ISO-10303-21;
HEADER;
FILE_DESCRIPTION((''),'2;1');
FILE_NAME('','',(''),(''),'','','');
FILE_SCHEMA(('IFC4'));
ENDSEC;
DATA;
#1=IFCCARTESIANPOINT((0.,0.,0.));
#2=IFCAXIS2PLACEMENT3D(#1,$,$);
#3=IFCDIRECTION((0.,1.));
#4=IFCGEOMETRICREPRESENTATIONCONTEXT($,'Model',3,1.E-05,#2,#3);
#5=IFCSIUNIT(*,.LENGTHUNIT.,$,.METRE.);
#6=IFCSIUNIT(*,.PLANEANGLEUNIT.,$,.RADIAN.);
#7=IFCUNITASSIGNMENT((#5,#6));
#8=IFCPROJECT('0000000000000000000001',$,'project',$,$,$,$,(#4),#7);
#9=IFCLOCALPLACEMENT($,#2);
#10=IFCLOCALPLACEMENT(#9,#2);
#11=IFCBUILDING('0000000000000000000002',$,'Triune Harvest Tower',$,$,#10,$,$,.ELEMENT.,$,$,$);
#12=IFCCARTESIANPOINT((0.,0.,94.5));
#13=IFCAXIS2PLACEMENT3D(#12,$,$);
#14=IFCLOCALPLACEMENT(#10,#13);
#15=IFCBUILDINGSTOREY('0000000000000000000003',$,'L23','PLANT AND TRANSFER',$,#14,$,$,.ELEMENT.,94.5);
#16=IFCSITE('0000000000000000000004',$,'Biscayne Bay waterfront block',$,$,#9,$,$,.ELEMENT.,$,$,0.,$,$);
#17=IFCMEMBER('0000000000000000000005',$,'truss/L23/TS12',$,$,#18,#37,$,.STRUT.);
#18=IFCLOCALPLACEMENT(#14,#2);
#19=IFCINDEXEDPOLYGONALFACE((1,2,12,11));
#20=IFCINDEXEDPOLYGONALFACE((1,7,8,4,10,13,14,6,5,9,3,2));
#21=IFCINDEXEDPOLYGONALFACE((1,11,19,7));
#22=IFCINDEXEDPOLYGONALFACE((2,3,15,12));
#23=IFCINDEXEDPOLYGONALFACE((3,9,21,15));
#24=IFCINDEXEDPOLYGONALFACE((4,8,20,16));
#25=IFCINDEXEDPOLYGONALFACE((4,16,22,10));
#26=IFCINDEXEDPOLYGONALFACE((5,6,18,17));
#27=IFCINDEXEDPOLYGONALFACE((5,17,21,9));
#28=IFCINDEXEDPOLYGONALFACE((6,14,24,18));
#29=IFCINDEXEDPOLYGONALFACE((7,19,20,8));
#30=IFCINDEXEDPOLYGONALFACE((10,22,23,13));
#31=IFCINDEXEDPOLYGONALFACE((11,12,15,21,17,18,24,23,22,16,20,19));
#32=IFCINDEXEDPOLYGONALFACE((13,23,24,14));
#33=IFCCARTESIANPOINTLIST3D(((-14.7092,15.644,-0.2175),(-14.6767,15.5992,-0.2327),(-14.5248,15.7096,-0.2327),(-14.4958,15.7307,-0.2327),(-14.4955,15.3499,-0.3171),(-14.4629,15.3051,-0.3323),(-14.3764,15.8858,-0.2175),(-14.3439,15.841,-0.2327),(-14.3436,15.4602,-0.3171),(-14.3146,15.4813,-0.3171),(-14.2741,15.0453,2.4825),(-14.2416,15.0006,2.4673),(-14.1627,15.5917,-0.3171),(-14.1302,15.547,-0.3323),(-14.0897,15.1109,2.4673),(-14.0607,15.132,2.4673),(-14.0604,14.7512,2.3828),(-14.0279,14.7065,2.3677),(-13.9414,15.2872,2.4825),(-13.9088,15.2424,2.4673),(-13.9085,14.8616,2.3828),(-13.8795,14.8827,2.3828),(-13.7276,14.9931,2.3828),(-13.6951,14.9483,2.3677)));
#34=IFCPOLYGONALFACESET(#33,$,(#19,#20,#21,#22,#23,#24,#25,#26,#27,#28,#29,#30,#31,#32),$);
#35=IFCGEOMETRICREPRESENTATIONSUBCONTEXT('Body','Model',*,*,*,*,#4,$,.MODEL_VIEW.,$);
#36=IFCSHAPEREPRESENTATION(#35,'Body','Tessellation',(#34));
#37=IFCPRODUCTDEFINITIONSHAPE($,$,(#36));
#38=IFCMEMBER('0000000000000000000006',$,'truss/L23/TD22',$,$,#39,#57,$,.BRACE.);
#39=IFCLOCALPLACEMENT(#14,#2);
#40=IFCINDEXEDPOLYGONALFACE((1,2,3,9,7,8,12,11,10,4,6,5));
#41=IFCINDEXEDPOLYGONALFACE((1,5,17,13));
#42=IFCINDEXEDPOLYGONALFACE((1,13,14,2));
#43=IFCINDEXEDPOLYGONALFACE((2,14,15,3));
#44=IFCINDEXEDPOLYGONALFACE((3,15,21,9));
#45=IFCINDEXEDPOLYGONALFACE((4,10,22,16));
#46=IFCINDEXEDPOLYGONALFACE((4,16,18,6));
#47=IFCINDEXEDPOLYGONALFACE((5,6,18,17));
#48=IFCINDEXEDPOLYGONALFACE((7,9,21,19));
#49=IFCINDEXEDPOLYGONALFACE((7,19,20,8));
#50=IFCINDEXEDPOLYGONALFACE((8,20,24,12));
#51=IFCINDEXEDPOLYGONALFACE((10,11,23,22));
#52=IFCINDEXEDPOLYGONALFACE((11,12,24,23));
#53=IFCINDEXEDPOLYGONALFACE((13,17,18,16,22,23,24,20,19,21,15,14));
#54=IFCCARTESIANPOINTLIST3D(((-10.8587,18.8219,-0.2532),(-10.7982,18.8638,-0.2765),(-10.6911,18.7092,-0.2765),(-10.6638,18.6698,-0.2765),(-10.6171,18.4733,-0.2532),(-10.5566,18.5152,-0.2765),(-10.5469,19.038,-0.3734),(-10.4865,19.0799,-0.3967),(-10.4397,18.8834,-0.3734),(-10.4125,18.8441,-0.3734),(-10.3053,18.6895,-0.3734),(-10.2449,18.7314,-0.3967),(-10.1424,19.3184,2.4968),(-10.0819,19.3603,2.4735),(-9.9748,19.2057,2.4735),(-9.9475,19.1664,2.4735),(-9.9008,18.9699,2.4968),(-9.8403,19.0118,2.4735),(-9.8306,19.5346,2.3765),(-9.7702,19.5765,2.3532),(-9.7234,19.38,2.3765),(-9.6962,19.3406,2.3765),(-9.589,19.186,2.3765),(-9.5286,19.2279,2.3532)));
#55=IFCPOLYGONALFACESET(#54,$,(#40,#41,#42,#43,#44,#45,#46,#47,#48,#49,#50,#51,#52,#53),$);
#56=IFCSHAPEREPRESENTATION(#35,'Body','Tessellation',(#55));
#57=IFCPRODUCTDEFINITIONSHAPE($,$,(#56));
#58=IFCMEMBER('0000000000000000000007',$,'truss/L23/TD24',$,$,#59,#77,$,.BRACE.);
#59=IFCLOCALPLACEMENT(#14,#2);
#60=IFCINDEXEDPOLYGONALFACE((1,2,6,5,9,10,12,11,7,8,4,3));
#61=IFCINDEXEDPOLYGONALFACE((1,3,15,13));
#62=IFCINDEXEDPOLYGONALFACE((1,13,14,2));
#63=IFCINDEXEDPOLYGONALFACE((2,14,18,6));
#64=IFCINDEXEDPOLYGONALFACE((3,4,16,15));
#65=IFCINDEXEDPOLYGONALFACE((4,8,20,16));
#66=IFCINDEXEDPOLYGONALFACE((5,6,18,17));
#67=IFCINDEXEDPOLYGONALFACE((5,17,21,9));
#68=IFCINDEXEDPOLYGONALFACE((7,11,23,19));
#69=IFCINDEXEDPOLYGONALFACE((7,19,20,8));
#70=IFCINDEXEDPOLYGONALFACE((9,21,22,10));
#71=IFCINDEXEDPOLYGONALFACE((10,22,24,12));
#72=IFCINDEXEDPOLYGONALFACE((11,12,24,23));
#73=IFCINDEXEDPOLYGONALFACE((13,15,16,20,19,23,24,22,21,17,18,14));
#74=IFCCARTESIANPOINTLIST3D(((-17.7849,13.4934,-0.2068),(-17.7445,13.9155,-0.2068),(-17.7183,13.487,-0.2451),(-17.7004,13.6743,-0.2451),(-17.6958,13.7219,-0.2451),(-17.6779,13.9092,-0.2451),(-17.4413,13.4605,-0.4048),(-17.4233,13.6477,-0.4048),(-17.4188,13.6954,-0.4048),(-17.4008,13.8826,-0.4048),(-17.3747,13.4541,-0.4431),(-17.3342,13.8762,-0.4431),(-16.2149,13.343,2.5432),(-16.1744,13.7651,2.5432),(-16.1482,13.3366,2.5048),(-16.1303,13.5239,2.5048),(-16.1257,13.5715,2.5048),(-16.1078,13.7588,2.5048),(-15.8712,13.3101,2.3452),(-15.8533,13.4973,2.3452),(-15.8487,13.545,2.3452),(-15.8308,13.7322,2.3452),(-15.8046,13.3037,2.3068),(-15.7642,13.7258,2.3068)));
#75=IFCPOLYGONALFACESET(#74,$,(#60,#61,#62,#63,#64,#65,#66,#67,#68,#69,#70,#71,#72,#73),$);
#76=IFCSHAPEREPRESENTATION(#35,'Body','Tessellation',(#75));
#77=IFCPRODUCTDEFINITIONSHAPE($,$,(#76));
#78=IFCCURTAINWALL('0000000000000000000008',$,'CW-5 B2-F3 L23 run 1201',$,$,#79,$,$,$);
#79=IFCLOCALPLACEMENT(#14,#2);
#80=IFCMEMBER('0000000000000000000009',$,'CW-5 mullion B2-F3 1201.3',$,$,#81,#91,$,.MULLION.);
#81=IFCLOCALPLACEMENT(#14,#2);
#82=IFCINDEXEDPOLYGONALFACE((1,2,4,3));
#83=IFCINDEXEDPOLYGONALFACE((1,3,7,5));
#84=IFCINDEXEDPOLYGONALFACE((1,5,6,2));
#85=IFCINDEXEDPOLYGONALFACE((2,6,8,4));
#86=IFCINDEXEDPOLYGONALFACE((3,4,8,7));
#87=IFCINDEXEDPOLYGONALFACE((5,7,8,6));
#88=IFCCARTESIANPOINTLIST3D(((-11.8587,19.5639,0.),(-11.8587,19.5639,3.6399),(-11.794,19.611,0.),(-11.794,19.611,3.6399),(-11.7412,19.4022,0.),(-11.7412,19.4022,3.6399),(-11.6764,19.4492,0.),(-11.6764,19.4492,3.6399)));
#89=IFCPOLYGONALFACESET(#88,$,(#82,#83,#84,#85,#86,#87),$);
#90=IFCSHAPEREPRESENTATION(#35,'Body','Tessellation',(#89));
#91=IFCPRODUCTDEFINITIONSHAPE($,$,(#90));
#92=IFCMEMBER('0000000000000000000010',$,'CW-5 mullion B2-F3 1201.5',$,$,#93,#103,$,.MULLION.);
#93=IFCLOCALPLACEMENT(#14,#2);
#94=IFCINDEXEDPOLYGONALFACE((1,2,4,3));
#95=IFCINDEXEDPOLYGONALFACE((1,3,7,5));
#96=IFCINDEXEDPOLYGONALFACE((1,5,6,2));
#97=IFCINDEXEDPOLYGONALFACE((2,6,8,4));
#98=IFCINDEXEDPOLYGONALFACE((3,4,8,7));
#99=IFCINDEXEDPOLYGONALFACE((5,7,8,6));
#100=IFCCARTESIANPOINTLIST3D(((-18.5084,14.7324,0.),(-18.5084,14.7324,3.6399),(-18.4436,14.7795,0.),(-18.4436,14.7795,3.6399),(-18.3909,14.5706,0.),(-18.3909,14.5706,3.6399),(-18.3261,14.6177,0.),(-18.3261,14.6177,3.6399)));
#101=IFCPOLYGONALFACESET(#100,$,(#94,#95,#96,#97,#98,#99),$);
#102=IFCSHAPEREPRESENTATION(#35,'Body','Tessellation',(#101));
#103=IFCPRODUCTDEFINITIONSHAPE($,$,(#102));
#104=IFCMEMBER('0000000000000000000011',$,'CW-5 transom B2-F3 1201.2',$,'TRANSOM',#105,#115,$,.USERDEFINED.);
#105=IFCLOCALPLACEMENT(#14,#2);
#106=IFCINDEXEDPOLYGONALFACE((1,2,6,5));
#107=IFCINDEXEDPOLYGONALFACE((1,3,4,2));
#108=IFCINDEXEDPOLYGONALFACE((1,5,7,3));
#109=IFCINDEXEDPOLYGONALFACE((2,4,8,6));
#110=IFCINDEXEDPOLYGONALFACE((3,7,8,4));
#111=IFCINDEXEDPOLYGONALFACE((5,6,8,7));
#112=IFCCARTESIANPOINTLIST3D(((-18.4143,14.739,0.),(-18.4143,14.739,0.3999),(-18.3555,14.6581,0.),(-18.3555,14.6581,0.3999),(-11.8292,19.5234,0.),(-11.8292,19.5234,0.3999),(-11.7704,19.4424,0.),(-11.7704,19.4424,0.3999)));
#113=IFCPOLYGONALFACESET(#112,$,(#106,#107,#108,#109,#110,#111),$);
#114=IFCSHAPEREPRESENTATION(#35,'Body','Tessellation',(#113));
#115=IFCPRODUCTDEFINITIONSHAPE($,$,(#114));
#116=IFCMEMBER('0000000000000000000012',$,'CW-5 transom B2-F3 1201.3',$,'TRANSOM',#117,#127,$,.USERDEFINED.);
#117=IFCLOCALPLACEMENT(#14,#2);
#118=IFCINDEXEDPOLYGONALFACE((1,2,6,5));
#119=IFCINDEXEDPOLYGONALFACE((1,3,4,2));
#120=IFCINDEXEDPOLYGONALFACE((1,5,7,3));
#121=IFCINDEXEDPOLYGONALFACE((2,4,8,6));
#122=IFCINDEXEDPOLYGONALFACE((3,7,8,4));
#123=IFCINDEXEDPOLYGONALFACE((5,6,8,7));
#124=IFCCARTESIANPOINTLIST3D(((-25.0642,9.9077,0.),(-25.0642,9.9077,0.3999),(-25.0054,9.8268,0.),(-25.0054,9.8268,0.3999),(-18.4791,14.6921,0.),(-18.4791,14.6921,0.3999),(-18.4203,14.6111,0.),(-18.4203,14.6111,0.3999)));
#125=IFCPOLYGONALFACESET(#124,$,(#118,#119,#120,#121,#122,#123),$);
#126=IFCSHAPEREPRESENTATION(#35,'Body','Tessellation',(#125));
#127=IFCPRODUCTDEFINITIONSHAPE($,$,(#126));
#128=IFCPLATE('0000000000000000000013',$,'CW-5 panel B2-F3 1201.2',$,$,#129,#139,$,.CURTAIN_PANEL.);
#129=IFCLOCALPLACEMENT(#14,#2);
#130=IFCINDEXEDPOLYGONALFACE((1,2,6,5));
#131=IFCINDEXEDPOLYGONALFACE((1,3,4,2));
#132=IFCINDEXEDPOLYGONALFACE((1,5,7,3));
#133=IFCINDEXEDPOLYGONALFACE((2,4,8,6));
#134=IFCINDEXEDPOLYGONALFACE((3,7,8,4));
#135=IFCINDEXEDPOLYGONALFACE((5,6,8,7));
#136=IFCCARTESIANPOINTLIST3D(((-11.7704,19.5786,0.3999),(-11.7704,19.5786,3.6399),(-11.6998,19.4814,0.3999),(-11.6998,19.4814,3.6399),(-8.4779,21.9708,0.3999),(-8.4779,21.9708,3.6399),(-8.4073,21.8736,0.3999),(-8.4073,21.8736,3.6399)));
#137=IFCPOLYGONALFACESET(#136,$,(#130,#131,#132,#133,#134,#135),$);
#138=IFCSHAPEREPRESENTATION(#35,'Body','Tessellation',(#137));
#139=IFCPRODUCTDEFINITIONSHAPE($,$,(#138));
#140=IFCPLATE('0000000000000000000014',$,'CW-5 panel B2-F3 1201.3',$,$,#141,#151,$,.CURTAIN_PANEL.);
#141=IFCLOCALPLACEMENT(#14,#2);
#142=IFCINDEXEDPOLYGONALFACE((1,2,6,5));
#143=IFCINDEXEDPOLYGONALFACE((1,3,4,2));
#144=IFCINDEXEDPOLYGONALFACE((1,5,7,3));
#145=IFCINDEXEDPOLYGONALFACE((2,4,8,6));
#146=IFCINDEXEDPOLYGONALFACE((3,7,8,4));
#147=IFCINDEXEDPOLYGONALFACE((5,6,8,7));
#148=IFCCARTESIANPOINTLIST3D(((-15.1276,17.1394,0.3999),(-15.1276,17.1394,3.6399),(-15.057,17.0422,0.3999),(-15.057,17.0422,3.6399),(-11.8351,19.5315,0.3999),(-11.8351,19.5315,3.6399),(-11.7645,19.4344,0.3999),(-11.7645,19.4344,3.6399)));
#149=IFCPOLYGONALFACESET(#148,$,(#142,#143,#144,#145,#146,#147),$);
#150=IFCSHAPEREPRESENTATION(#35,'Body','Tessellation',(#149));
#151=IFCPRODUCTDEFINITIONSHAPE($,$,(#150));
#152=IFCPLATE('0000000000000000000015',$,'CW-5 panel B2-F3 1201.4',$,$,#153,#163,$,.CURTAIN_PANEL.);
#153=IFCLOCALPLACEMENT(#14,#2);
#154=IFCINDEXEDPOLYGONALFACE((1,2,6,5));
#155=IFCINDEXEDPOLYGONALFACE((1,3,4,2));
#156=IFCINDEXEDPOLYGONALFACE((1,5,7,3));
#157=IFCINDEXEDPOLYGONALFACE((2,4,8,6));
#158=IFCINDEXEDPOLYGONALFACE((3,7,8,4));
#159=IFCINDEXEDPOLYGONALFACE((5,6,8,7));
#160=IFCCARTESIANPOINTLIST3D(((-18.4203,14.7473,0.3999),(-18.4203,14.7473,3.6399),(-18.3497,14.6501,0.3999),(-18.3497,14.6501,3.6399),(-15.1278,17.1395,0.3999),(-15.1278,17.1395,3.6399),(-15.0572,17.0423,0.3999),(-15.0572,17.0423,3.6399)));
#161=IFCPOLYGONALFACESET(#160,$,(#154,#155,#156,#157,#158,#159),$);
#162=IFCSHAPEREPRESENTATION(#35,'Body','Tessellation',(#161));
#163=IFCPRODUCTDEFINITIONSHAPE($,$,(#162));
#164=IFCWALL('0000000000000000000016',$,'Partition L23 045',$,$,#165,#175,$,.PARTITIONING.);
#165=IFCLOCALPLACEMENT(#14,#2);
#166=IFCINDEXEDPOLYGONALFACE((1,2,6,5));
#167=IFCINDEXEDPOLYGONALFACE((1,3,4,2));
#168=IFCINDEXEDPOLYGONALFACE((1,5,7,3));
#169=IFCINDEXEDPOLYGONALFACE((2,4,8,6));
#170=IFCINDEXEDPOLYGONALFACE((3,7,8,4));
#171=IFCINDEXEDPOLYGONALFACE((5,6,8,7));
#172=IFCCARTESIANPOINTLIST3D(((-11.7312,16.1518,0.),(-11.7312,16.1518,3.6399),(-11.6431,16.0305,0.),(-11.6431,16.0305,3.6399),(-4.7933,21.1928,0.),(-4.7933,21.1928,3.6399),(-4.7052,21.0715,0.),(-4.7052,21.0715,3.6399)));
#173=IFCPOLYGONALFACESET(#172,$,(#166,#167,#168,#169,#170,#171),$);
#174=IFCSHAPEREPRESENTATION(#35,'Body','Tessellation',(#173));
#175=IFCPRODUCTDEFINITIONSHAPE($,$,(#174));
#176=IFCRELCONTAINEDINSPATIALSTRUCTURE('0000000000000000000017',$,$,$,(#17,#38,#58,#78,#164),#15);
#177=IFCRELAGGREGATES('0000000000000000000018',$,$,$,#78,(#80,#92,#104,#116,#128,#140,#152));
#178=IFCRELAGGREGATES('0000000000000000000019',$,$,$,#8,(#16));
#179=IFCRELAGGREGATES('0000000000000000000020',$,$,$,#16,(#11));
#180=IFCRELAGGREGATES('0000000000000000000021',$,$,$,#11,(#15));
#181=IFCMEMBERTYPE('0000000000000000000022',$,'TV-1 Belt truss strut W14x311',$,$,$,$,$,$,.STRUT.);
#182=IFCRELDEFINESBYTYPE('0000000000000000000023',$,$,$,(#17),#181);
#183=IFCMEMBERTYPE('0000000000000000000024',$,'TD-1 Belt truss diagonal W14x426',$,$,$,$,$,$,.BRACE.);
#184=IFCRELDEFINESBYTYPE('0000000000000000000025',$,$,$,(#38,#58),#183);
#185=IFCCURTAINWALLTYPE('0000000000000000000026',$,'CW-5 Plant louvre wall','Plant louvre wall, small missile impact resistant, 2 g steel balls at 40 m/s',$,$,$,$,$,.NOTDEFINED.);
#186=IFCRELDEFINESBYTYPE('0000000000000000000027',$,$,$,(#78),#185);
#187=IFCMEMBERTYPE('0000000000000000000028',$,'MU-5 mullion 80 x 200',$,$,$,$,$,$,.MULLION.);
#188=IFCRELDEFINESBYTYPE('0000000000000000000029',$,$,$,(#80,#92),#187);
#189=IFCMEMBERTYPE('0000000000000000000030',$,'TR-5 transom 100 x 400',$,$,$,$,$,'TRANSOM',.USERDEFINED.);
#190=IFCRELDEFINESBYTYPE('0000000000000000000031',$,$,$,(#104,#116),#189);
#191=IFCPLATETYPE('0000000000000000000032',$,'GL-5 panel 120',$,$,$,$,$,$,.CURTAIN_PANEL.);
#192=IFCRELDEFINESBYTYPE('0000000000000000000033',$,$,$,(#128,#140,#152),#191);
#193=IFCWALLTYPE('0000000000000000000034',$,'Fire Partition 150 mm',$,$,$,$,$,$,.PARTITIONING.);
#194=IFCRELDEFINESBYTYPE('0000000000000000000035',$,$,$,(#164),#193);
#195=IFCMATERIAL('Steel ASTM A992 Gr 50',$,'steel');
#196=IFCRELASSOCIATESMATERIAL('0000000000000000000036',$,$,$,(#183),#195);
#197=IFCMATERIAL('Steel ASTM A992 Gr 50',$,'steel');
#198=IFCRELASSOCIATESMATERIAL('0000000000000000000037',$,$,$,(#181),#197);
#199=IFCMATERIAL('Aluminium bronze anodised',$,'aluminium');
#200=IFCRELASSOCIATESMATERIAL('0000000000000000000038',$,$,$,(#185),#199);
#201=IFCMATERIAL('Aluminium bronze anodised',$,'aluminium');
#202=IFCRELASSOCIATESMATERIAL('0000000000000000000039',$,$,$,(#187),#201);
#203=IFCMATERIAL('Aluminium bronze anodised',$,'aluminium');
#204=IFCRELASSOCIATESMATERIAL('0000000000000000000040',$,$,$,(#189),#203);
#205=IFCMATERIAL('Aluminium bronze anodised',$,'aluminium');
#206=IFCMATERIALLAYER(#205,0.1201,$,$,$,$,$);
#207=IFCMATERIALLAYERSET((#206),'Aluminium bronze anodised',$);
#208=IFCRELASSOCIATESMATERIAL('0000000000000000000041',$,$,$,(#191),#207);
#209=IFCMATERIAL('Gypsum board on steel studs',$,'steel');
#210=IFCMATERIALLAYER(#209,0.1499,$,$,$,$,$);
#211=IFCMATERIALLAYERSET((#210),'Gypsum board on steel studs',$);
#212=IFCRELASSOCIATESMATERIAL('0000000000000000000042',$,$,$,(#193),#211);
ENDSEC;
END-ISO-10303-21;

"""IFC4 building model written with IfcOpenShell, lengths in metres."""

from ifc_helpers import new_model, si_unit, direction, frame, frame_2d, origin, origin_2d, place, context, subcontext, project, spatial, rectangle, i_section, extrude, source, transform, mapped, material, layer, layer_set, material_profile, profile_set, type_object, element, aggregate, save


model = new_model("IFC4")

# Units and contexts
model_context = context("Model", 3, precision=1e-05, world=origin(), true_north=direction((0.0, 1.0)))
body_context = subcontext(model_context, "Body", "Model", "MODEL_VIEW")
ifc_project = project(units=[si_unit("LENGTHUNIT", "METRE"), si_unit("PLANEANGLEUNIT", "RADIAN")], contexts=[model_context])

# Site, building, storey
site_placement = place(None, origin())
site = spatial("IfcSite", under=ifc_project, at=site_placement, Name="Biscayne Bay waterfront block", CompositionType="ELEMENT", RefElevation=0.0)
building_placement = place(site_placement, origin())
building = spatial("IfcBuilding", under=site, at=building_placement, Name="Triune Harvest Tower", CompositionType="ELEMENT")
storey_placement = place(building_placement, frame((0.0, 0.0, 94.5)))
storey = spatial("IfcBuildingStorey", under=building, at=storey_placement, Name="L23", Description="PLANT AND TRANSFER", CompositionType="ELEMENT", Elevation=94.5)

# Shared definitions
ifc_material_1 = material(Name="Steel ASTM A992 Gr 50", Category="steel")
ifc_material_profile_1 = material_profile(ifc_material_1, i_section(OverallWidth=0.4241, OverallDepth=0.4751, WebThickness=0.0479, FlangeThickness=0.0771, at=origin_2d()), Name="W14x426")
ifc_profile_set_1 = profile_set([ifc_material_profile_1], Name="Steel ASTM A992 Gr 50")
member_type_1 = type_object("IfcMemberType", Name="TD-1 Belt truss diagonal W14x426", PredefinedType="BRACE", material=ifc_profile_set_1)

# Members
ifc_material_2 = material(Name="Steel ASTM A992 Gr 50", Category="steel")
ifc_material_profile_2 = material_profile(ifc_material_2, i_section(OverallWidth=0.4114, OverallDepth=0.4343, WebThickness=0.0359, FlangeThickness=0.0574, at=origin_2d()), Name="W14x311")
ifc_profile_set_2 = profile_set([ifc_material_profile_2], Name="Steel ASTM A992 Gr 50")
member_type_2 = type_object("IfcMemberType", Name="TV-1 Belt truss strut W14x311", PredefinedType="STRUT", material=ifc_profile_set_2)
shared_shape_1 = source(origin(), body_context, "Body", "SweptSolid", [
    extrude(i_section(OverallWidth=0.4114, OverallDepth=0.4343, WebThickness=0.0359, FlangeThickness=0.0574, at=origin_2d()), origin(), (0.0, 0.0, 1.0), 2.7996),
])
member_1_placement = place(storey_placement, frame((-14.4197, 15.5955, -0.2749), z_axis=(0.155404, -0.213833, 0.96443), x_axis=(0.808936, 0.587897, 0.0)))
element("IfcMember", 1, at=member_1_placement, inside=storey, type_object=member_type_2, Name="truss/L23/TS12", PredefinedType="STRUT", context=body_context, shape_type="MappedRepresentation", body=[
    mapped(shared_shape_1, transform((0.0, 0.0, 0.0), scale=1.0)),
])
shared_shape_2 = source(origin(), body_context, "Body", "SweptSolid", [
    extrude(i_section(OverallWidth=0.4241, OverallDepth=0.4751, WebThickness=0.0479, FlangeThickness=0.0771, at=origin_2d()), origin(), (0.0, 0.0, 1.0), 2.8848),
])
member_2_placement = place(storey_placement, frame((-10.5518, 18.7766, -0.325), z_axis=(0.248303, 0.172136, 0.953265), x_axis=(-0.569734, 0.821829, 0.0)))
element("IfcMember", 2, at=member_2_placement, inside=storey, type_object=member_type_1, Name="truss/L23/TD22", PredefinedType="BRACE", context=body_context, shape_type="MappedRepresentation", body=[
    mapped(shared_shape_2, transform((0.0, 0.0, 0.0), scale=1.0)),
])
shared_shape_3 = source(origin(), body_context, "Body", "SweptSolid", [
    extrude(i_section(OverallWidth=0.4241, OverallDepth=0.4751, WebThickness=0.0479, FlangeThickness=0.0771, at=origin_2d()), origin(), (0.0, 0.0, 1.0), 3.1702),
])
member_3_placement = place(storey_placement, frame((-17.5596, 13.6848, -0.325), z_axis=(0.495257, -0.047439, 0.86745), x_axis=(0.09535, 0.995444, 0.0)))
element("IfcMember", 3, at=member_3_placement, inside=storey, type_object=member_type_1, Name="truss/L23/TD24", PredefinedType="BRACE", context=body_context, shape_type="MappedRepresentation", body=[
    mapped(shared_shape_3, transform((0.0, 0.0, 0.0), scale=1.0)),
])

# Curtain wall, members, plates
ifc_material_3 = material(Name="Aluminium bronze anodised", Category="aluminium")
curtain_wall_type = type_object("IfcCurtainWallType", Name="CW-5 Plant louvre wall", Description="Plant louvre wall, small missile impact resistant, 2 g steel balls at 40 m/s", PredefinedType="NOTDEFINED", material=ifc_material_3)
curtain_wall_placement = place(storey_placement, origin())
curtain_wall = element("IfcCurtainWall", 4, at=curtain_wall_placement, inside=storey, type_object=curtain_wall_type, Name="CW-5 B2-F3 L23 run 1201")
ifc_material_4 = material(Name="Aluminium bronze anodised", Category="aluminium")
ifc_material_profile_3 = material_profile(ifc_material_4, rectangle(XDim=0.2, YDim=0.0801, at=origin_2d()), Name="MU-5 mullion 80 x 200")
ifc_profile_set_3 = profile_set([ifc_material_profile_3], Name="Aluminium bronze anodised")
member_type_3 = type_object("IfcMemberType", Name="MU-5 mullion 80 x 200", PredefinedType="MULLION", material=ifc_profile_set_3)
shared_shape_4 = source(origin(), body_context, "Body", "SweptSolid", [
    extrude(rectangle(XDim=0.2, YDim=0.0801, at=origin_2d()), origin(), (0.0, 0.0, 1.0), 3.6399),
])
member_4_placement = place(storey_placement, frame((-11.7676, 19.5066, 0.0), z_axis=(0.0, 0.0, 1.0), x_axis=(0.587786, -0.809016, 0.0)))
member_4 = element("IfcMember", 5, at=member_4_placement, type_object=member_type_3, Name="CW-5 mullion B2-F3 1201.3", PredefinedType="MULLION", context=body_context, shape_type="MappedRepresentation", body=[
    mapped(shared_shape_4, transform((0.0, 0.0, 0.0), scale=1.0)),
])
member_5_placement = place(storey_placement, frame((-18.4172, 14.675, 0.0), z_axis=(0.0, 0.0, 1.0), x_axis=(0.587786, -0.809016, 0.0)))
member_5 = element("IfcMember", 6, at=member_5_placement, type_object=member_type_3, Name="CW-5 mullion B2-F3 1201.5", PredefinedType="MULLION", context=body_context, shape_type="MappedRepresentation", body=[
    mapped(shared_shape_4, transform((0.0, 0.0, 0.0), scale=1.0)),
])
ifc_material_5 = material(Name="Aluminium bronze anodised", Category="aluminium")
ifc_material_profile_4 = material_profile(ifc_material_5, rectangle(XDim=0.1001, YDim=0.3999, at=origin_2d()), Name="TR-5 transom 100 x 400")
ifc_profile_set_4 = profile_set([ifc_material_profile_4], Name="Aluminium bronze anodised")
member_type_4 = type_object("IfcMemberType", Name="TR-5 transom 100 x 400", ElementType="TRANSOM", PredefinedType="USERDEFINED", material=ifc_profile_set_4)
shared_shape_5 = source(origin(), body_context, "Body", "SweptSolid", [
    extrude(rectangle(XDim=0.1001, YDim=0.3999, at=origin_2d()), origin(), (0.0, 0.0, 1.0), 8.1396),
])
member_6_placement = place(storey_placement, frame((-11.7998, 19.4829, 0.2), z_axis=(-0.809017, -0.587785, 0.0), x_axis=(0.587785, -0.809017, 0.0)))
member_6 = element("IfcMember", 7, at=member_6_placement, type_object=member_type_4, Name="CW-5 transom B2-F3 1201.2", ObjectType="TRANSOM", PredefinedType="USERDEFINED", context=body_context, shape_type="MappedRepresentation", body=[
    mapped(shared_shape_5, transform((0.0, 0.0, 0.0), scale=1.0)),
])
member_7_placement = place(storey_placement, frame((-18.4497, 14.6516, 0.2), z_axis=(-0.809017, -0.587785, 0.0), x_axis=(0.587785, -0.809017, 0.0)))
member_7 = element("IfcMember", 8, at=member_7_placement, type_object=member_type_4, Name="CW-5 transom B2-F3 1201.3", ObjectType="TRANSOM", PredefinedType="USERDEFINED", context=body_context, shape_type="MappedRepresentation", body=[
    mapped(shared_shape_5, transform((0.0, 0.0, 0.0), scale=1.0)),
])
ifc_material_6 = material(Name="Aluminium bronze anodised", Category="aluminium")
ifc_layer_1 = layer(ifc_material_6, 0.1201)
ifc_layer_set_1 = layer_set([ifc_layer_1], Name="Aluminium bronze anodised")
plate_type = type_object("IfcPlateType", Name="GL-5 panel 120", PredefinedType="CURTAIN_PANEL", material=ifc_layer_set_1)
shared_shape_6 = source(origin(), body_context, "Body", "SweptSolid", [
    extrude(rectangle(XDim=4.0698, YDim=0.1201, at=origin_2d()), origin(), (0.0, 0.0, 1.0), 3.24),
])
plate_1_placement = place(storey_placement, frame((-10.0889, 20.7261, 0.3999), z_axis=(0.0, 0.0, 1.0), x_axis=(-0.809016, -0.587786, 0.0)))
plate_1 = element("IfcPlate", 9, at=plate_1_placement, type_object=plate_type, Name="CW-5 panel B2-F3 1201.2", PredefinedType="CURTAIN_PANEL", context=body_context, shape_type="MappedRepresentation", body=[
    mapped(shared_shape_6, transform((0.0, 0.0, 0.0), scale=1.0)),
])
plate_2_placement = place(storey_placement, frame((-13.446, 18.2869, 0.3999), z_axis=(0.0, 0.0, 1.0), x_axis=(-0.809016, -0.587786, 0.0)))
plate_2 = element("IfcPlate", 10, at=plate_2_placement, type_object=plate_type, Name="CW-5 panel B2-F3 1201.3", PredefinedType="CURTAIN_PANEL", context=body_context, shape_type="MappedRepresentation", body=[
    mapped(shared_shape_6, transform((0.0, 0.0, 0.0), scale=1.0)),
])
plate_3_placement = place(storey_placement, frame((-16.7388, 15.8948, 0.3999), z_axis=(0.0, 0.0, 1.0), x_axis=(-0.809016, -0.587786, 0.0)))
plate_3 = element("IfcPlate", 11, at=plate_3_placement, type_object=plate_type, Name="CW-5 panel B2-F3 1201.4", PredefinedType="CURTAIN_PANEL", context=body_context, shape_type="MappedRepresentation", body=[
    mapped(shared_shape_6, transform((0.0, 0.0, 0.0), scale=1.0)),
])
aggregate(curtain_wall, [member_4, member_5, member_6, member_7, plate_1, plate_2, plate_3])

# Wall
ifc_material_7 = material(Name="Gypsum board on steel studs", Category="steel")
ifc_layer_2 = layer(ifc_material_7, 0.1499)
ifc_layer_set_2 = layer_set([ifc_layer_2], Name="Gypsum board on steel studs")
wall_type_1 = type_object("IfcWallType", Name="Fire Partition 150 mm", PredefinedType="PARTITIONING", material=ifc_layer_set_2)
wall_1_placement = place(storey_placement, frame((-11.6873, 16.0911, 0.0), z_axis=(0.0, 0.0, 1.0), x_axis=(0.809002, 0.587806, 0.0)))
element("IfcWall", 12, at=wall_1_placement, inside=storey, type_object=wall_type_1, Name="Partition L23 045", PredefinedType="PARTITIONING", context=body_context, shape_type="SweptSolid", body=[
    extrude(rectangle(XDim=8.5759, YDim=0.1499, at=frame_2d((4.2881, 0.0))), origin(), (0.0, 0.0, 1.0), 3.6399),
])

save(model, "model.ifc")
